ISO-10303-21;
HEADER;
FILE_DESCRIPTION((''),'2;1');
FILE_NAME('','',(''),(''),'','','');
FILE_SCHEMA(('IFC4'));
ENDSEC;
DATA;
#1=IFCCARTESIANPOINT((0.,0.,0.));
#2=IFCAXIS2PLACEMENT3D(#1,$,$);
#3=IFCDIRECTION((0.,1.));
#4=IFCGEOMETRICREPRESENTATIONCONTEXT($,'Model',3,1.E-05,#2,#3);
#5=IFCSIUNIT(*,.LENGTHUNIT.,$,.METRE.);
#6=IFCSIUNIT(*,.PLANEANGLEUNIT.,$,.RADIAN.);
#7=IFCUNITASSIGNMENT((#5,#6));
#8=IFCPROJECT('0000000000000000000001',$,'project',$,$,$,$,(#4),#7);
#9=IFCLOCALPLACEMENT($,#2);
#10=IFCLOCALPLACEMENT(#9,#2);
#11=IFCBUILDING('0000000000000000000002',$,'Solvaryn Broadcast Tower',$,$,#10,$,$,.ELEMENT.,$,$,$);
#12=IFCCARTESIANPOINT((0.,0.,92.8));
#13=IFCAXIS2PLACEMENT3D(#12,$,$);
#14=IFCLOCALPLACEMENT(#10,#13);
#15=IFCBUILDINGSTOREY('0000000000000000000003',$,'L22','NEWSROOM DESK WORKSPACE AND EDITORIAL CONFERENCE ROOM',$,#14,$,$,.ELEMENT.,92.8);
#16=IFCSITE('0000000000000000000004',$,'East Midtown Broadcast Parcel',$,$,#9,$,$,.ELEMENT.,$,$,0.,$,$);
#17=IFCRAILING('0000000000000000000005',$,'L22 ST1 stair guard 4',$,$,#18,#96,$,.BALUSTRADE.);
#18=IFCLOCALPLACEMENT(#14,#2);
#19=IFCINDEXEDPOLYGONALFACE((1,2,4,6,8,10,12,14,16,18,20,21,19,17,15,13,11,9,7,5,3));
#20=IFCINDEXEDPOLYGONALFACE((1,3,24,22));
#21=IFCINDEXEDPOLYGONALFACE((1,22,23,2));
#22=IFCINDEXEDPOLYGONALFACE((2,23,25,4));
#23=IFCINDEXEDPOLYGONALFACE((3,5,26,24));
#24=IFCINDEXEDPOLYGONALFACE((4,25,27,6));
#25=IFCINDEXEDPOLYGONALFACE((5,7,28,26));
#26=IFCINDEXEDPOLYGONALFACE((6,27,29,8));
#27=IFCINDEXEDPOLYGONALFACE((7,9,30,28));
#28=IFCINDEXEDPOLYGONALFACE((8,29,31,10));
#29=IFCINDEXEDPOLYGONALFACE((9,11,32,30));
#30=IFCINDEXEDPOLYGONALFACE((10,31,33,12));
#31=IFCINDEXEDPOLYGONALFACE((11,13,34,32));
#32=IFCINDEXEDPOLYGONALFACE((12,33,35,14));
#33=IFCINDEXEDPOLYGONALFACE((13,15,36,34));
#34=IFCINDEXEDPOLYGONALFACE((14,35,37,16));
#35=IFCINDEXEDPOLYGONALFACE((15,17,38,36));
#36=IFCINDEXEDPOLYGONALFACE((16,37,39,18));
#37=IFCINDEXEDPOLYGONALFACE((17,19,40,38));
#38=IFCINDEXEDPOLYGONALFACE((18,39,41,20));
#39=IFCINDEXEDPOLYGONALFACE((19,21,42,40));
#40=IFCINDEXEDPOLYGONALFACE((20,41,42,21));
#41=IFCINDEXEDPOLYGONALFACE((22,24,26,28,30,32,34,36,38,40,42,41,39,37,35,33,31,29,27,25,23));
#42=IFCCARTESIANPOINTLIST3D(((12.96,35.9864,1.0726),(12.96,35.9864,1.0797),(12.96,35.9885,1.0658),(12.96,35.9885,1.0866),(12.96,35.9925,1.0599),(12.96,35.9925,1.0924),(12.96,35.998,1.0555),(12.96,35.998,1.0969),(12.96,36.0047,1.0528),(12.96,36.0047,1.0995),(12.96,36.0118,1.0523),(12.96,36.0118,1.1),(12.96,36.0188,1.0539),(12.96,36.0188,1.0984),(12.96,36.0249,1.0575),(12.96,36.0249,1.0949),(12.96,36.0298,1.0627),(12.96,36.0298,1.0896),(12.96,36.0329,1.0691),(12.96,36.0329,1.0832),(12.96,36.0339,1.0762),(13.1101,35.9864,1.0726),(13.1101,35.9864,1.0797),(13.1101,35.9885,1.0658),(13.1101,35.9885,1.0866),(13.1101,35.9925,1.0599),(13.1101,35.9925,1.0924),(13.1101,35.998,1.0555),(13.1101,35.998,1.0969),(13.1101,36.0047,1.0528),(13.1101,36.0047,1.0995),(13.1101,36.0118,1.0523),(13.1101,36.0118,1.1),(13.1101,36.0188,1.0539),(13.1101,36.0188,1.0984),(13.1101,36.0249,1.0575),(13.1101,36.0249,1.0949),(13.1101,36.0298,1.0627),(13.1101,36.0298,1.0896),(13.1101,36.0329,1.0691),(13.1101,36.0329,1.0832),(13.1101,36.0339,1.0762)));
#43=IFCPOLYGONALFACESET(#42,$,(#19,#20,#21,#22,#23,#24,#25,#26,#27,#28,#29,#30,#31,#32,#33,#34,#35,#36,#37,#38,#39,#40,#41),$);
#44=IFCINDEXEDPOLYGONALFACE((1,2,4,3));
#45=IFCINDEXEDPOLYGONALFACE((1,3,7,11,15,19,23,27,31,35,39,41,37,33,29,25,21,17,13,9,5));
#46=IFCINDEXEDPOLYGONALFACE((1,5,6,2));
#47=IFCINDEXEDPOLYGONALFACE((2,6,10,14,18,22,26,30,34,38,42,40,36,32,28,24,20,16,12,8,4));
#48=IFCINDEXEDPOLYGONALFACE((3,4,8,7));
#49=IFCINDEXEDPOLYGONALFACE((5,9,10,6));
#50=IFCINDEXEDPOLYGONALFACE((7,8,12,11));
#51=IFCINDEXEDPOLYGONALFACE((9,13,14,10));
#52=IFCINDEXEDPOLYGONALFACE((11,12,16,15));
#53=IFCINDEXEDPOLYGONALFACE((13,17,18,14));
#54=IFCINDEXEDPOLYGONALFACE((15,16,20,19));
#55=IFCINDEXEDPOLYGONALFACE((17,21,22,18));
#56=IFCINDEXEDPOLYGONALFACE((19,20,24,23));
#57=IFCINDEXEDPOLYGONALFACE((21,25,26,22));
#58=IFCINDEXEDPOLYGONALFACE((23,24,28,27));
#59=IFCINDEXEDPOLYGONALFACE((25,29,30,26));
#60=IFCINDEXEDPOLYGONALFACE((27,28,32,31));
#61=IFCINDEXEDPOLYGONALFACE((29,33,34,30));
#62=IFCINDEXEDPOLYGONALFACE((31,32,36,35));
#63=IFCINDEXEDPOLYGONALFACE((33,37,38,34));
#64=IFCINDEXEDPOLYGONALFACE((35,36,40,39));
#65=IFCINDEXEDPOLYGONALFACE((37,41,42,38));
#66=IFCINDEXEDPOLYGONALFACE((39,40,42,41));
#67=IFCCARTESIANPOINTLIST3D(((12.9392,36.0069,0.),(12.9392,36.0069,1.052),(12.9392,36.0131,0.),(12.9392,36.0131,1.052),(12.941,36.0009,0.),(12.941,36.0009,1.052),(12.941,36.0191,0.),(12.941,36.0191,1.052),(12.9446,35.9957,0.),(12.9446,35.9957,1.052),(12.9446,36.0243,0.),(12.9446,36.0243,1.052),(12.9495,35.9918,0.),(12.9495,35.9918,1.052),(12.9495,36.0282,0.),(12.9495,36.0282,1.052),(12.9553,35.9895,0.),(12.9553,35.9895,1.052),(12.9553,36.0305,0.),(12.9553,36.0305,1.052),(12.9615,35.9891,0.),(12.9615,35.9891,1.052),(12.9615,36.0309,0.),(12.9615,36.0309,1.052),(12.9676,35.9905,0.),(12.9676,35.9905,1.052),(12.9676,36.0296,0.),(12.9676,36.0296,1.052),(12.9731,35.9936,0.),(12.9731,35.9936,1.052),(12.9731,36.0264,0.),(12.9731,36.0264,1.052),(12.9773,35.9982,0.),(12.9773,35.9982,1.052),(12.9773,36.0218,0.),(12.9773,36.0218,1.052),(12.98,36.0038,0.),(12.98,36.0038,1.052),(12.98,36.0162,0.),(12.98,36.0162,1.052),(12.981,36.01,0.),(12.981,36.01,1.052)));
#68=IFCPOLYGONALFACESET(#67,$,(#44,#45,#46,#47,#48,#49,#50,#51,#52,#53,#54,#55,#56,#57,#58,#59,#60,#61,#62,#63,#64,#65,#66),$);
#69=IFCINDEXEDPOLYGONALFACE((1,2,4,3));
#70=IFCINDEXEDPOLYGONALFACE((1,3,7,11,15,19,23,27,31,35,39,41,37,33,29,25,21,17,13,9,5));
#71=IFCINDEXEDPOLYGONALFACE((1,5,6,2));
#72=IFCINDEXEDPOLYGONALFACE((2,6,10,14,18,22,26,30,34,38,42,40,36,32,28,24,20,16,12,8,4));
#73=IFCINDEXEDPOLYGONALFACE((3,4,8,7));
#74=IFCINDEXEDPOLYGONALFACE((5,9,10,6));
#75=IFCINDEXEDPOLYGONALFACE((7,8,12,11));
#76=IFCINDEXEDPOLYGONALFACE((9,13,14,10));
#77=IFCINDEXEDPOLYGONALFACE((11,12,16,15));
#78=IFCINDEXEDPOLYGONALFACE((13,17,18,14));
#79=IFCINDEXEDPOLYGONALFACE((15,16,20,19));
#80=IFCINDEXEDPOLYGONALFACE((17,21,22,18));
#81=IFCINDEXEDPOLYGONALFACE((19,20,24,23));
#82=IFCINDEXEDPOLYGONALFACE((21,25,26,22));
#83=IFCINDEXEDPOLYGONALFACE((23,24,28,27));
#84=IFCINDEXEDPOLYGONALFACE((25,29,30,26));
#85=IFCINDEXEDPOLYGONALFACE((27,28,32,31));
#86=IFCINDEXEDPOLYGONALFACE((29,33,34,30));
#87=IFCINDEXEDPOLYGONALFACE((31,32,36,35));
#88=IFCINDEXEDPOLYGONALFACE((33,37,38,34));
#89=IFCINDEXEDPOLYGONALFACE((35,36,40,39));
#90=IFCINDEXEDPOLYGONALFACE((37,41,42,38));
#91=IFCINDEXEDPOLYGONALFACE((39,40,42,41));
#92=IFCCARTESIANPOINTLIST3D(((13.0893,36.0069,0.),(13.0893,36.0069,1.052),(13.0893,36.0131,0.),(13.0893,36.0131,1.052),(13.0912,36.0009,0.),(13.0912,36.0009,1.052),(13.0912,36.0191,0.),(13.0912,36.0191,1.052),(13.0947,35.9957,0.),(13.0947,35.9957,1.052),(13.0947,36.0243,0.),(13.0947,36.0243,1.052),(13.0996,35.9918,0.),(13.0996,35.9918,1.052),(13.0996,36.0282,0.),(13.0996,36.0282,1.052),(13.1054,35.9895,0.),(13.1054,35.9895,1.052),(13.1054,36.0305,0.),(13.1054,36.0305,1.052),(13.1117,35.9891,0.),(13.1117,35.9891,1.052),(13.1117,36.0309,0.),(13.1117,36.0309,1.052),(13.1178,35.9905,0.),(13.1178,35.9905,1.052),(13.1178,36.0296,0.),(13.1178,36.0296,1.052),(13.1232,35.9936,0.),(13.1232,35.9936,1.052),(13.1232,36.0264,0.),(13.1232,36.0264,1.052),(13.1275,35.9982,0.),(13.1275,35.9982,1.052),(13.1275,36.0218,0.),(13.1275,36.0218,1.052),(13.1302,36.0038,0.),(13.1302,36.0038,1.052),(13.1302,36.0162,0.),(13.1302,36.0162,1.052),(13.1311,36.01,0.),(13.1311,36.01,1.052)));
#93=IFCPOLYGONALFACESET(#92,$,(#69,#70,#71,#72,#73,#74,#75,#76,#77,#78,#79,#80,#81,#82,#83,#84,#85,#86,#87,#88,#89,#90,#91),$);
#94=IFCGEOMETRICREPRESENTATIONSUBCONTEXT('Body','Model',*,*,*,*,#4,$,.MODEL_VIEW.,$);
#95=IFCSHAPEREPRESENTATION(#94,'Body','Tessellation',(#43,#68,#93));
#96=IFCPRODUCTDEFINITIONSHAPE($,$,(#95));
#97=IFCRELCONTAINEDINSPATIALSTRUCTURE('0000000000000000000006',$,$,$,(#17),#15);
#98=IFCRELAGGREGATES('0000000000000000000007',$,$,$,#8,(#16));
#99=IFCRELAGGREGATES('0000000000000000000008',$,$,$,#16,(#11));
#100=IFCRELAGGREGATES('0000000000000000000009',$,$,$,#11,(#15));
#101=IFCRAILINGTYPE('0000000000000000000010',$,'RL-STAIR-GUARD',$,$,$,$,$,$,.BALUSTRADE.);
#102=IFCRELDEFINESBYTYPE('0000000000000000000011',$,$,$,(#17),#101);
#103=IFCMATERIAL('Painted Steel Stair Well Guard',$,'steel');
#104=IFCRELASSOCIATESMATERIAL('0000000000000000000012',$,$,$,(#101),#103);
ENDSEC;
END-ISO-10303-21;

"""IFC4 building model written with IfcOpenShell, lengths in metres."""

from ifc_helpers import new_model, si_unit, direction, frame, origin, origin_2d, place, context, subcontext, project, spatial, circle, extrude, material, type_object, element, save


model = new_model("IFC4")

# Units and contexts
model_context = context("Model", 3, precision=1e-05, world=origin(), true_north=direction((0.0, 1.0)))
body_context = subcontext(model_context, "Body", "Model", "MODEL_VIEW")
ifc_project = project(units=[si_unit("LENGTHUNIT", "METRE"), si_unit("PLANEANGLEUNIT", "RADIAN")], contexts=[model_context])

# Site, building, storey
site_placement = place(None, origin())
site = spatial("IfcSite", under=ifc_project, at=site_placement, Name="East Midtown Broadcast Parcel", CompositionType="ELEMENT", RefElevation=0.0)
building_placement = place(site_placement, origin())
building = spatial("IfcBuilding", under=site, at=building_placement, Name="Solvaryn Broadcast Tower", CompositionType="ELEMENT")
storey_placement = place(building_placement, frame((0.0, 0.0, 92.8)))
storey = spatial("IfcBuildingStorey", under=building, at=storey_placement, Name="L22", Description="NEWSROOM DESK WORKSPACE AND EDITORIAL CONFERENCE ROOM", CompositionType="ELEMENT", Elevation=92.8)

# Railing
ifc_material_1 = material(Name="Painted Steel Stair Well Guard", Category="steel")
railing_type_1 = type_object("IfcRailingType", Name="RL-STAIR-GUARD", PredefinedType="BALUSTRADE", material=ifc_material_1)
railing_1_placement = place(storey_placement, frame((12.96, 36.01, 0.0)))
element("IfcRailing", 1, at=railing_1_placement, inside=storey, type_object=railing_type_1, Name="L22 ST1 stair guard 4", PredefinedType="BALUSTRADE", context=body_context, shape_type="SweptSolid", body=[
    extrude(circle(Radius=0.0239, at=origin_2d()), frame((0.0, 0.0, 1.0762), z_axis=(1.0, 0.0, 0.0), x_axis=(0.0, 1.0, 0.0)), (0.0, 0.0, 1.0), 0.1501),
    extrude(circle(Radius=0.021, at=origin_2d()), origin(), (0.0, 0.0, 1.0), 1.052),
    extrude(circle(Radius=0.021, at=origin_2d()), frame((0.1501, 0.0, 0.0)), (0.0, 0.0, 1.0), 1.052),
])

save(model, "model.ifc")
